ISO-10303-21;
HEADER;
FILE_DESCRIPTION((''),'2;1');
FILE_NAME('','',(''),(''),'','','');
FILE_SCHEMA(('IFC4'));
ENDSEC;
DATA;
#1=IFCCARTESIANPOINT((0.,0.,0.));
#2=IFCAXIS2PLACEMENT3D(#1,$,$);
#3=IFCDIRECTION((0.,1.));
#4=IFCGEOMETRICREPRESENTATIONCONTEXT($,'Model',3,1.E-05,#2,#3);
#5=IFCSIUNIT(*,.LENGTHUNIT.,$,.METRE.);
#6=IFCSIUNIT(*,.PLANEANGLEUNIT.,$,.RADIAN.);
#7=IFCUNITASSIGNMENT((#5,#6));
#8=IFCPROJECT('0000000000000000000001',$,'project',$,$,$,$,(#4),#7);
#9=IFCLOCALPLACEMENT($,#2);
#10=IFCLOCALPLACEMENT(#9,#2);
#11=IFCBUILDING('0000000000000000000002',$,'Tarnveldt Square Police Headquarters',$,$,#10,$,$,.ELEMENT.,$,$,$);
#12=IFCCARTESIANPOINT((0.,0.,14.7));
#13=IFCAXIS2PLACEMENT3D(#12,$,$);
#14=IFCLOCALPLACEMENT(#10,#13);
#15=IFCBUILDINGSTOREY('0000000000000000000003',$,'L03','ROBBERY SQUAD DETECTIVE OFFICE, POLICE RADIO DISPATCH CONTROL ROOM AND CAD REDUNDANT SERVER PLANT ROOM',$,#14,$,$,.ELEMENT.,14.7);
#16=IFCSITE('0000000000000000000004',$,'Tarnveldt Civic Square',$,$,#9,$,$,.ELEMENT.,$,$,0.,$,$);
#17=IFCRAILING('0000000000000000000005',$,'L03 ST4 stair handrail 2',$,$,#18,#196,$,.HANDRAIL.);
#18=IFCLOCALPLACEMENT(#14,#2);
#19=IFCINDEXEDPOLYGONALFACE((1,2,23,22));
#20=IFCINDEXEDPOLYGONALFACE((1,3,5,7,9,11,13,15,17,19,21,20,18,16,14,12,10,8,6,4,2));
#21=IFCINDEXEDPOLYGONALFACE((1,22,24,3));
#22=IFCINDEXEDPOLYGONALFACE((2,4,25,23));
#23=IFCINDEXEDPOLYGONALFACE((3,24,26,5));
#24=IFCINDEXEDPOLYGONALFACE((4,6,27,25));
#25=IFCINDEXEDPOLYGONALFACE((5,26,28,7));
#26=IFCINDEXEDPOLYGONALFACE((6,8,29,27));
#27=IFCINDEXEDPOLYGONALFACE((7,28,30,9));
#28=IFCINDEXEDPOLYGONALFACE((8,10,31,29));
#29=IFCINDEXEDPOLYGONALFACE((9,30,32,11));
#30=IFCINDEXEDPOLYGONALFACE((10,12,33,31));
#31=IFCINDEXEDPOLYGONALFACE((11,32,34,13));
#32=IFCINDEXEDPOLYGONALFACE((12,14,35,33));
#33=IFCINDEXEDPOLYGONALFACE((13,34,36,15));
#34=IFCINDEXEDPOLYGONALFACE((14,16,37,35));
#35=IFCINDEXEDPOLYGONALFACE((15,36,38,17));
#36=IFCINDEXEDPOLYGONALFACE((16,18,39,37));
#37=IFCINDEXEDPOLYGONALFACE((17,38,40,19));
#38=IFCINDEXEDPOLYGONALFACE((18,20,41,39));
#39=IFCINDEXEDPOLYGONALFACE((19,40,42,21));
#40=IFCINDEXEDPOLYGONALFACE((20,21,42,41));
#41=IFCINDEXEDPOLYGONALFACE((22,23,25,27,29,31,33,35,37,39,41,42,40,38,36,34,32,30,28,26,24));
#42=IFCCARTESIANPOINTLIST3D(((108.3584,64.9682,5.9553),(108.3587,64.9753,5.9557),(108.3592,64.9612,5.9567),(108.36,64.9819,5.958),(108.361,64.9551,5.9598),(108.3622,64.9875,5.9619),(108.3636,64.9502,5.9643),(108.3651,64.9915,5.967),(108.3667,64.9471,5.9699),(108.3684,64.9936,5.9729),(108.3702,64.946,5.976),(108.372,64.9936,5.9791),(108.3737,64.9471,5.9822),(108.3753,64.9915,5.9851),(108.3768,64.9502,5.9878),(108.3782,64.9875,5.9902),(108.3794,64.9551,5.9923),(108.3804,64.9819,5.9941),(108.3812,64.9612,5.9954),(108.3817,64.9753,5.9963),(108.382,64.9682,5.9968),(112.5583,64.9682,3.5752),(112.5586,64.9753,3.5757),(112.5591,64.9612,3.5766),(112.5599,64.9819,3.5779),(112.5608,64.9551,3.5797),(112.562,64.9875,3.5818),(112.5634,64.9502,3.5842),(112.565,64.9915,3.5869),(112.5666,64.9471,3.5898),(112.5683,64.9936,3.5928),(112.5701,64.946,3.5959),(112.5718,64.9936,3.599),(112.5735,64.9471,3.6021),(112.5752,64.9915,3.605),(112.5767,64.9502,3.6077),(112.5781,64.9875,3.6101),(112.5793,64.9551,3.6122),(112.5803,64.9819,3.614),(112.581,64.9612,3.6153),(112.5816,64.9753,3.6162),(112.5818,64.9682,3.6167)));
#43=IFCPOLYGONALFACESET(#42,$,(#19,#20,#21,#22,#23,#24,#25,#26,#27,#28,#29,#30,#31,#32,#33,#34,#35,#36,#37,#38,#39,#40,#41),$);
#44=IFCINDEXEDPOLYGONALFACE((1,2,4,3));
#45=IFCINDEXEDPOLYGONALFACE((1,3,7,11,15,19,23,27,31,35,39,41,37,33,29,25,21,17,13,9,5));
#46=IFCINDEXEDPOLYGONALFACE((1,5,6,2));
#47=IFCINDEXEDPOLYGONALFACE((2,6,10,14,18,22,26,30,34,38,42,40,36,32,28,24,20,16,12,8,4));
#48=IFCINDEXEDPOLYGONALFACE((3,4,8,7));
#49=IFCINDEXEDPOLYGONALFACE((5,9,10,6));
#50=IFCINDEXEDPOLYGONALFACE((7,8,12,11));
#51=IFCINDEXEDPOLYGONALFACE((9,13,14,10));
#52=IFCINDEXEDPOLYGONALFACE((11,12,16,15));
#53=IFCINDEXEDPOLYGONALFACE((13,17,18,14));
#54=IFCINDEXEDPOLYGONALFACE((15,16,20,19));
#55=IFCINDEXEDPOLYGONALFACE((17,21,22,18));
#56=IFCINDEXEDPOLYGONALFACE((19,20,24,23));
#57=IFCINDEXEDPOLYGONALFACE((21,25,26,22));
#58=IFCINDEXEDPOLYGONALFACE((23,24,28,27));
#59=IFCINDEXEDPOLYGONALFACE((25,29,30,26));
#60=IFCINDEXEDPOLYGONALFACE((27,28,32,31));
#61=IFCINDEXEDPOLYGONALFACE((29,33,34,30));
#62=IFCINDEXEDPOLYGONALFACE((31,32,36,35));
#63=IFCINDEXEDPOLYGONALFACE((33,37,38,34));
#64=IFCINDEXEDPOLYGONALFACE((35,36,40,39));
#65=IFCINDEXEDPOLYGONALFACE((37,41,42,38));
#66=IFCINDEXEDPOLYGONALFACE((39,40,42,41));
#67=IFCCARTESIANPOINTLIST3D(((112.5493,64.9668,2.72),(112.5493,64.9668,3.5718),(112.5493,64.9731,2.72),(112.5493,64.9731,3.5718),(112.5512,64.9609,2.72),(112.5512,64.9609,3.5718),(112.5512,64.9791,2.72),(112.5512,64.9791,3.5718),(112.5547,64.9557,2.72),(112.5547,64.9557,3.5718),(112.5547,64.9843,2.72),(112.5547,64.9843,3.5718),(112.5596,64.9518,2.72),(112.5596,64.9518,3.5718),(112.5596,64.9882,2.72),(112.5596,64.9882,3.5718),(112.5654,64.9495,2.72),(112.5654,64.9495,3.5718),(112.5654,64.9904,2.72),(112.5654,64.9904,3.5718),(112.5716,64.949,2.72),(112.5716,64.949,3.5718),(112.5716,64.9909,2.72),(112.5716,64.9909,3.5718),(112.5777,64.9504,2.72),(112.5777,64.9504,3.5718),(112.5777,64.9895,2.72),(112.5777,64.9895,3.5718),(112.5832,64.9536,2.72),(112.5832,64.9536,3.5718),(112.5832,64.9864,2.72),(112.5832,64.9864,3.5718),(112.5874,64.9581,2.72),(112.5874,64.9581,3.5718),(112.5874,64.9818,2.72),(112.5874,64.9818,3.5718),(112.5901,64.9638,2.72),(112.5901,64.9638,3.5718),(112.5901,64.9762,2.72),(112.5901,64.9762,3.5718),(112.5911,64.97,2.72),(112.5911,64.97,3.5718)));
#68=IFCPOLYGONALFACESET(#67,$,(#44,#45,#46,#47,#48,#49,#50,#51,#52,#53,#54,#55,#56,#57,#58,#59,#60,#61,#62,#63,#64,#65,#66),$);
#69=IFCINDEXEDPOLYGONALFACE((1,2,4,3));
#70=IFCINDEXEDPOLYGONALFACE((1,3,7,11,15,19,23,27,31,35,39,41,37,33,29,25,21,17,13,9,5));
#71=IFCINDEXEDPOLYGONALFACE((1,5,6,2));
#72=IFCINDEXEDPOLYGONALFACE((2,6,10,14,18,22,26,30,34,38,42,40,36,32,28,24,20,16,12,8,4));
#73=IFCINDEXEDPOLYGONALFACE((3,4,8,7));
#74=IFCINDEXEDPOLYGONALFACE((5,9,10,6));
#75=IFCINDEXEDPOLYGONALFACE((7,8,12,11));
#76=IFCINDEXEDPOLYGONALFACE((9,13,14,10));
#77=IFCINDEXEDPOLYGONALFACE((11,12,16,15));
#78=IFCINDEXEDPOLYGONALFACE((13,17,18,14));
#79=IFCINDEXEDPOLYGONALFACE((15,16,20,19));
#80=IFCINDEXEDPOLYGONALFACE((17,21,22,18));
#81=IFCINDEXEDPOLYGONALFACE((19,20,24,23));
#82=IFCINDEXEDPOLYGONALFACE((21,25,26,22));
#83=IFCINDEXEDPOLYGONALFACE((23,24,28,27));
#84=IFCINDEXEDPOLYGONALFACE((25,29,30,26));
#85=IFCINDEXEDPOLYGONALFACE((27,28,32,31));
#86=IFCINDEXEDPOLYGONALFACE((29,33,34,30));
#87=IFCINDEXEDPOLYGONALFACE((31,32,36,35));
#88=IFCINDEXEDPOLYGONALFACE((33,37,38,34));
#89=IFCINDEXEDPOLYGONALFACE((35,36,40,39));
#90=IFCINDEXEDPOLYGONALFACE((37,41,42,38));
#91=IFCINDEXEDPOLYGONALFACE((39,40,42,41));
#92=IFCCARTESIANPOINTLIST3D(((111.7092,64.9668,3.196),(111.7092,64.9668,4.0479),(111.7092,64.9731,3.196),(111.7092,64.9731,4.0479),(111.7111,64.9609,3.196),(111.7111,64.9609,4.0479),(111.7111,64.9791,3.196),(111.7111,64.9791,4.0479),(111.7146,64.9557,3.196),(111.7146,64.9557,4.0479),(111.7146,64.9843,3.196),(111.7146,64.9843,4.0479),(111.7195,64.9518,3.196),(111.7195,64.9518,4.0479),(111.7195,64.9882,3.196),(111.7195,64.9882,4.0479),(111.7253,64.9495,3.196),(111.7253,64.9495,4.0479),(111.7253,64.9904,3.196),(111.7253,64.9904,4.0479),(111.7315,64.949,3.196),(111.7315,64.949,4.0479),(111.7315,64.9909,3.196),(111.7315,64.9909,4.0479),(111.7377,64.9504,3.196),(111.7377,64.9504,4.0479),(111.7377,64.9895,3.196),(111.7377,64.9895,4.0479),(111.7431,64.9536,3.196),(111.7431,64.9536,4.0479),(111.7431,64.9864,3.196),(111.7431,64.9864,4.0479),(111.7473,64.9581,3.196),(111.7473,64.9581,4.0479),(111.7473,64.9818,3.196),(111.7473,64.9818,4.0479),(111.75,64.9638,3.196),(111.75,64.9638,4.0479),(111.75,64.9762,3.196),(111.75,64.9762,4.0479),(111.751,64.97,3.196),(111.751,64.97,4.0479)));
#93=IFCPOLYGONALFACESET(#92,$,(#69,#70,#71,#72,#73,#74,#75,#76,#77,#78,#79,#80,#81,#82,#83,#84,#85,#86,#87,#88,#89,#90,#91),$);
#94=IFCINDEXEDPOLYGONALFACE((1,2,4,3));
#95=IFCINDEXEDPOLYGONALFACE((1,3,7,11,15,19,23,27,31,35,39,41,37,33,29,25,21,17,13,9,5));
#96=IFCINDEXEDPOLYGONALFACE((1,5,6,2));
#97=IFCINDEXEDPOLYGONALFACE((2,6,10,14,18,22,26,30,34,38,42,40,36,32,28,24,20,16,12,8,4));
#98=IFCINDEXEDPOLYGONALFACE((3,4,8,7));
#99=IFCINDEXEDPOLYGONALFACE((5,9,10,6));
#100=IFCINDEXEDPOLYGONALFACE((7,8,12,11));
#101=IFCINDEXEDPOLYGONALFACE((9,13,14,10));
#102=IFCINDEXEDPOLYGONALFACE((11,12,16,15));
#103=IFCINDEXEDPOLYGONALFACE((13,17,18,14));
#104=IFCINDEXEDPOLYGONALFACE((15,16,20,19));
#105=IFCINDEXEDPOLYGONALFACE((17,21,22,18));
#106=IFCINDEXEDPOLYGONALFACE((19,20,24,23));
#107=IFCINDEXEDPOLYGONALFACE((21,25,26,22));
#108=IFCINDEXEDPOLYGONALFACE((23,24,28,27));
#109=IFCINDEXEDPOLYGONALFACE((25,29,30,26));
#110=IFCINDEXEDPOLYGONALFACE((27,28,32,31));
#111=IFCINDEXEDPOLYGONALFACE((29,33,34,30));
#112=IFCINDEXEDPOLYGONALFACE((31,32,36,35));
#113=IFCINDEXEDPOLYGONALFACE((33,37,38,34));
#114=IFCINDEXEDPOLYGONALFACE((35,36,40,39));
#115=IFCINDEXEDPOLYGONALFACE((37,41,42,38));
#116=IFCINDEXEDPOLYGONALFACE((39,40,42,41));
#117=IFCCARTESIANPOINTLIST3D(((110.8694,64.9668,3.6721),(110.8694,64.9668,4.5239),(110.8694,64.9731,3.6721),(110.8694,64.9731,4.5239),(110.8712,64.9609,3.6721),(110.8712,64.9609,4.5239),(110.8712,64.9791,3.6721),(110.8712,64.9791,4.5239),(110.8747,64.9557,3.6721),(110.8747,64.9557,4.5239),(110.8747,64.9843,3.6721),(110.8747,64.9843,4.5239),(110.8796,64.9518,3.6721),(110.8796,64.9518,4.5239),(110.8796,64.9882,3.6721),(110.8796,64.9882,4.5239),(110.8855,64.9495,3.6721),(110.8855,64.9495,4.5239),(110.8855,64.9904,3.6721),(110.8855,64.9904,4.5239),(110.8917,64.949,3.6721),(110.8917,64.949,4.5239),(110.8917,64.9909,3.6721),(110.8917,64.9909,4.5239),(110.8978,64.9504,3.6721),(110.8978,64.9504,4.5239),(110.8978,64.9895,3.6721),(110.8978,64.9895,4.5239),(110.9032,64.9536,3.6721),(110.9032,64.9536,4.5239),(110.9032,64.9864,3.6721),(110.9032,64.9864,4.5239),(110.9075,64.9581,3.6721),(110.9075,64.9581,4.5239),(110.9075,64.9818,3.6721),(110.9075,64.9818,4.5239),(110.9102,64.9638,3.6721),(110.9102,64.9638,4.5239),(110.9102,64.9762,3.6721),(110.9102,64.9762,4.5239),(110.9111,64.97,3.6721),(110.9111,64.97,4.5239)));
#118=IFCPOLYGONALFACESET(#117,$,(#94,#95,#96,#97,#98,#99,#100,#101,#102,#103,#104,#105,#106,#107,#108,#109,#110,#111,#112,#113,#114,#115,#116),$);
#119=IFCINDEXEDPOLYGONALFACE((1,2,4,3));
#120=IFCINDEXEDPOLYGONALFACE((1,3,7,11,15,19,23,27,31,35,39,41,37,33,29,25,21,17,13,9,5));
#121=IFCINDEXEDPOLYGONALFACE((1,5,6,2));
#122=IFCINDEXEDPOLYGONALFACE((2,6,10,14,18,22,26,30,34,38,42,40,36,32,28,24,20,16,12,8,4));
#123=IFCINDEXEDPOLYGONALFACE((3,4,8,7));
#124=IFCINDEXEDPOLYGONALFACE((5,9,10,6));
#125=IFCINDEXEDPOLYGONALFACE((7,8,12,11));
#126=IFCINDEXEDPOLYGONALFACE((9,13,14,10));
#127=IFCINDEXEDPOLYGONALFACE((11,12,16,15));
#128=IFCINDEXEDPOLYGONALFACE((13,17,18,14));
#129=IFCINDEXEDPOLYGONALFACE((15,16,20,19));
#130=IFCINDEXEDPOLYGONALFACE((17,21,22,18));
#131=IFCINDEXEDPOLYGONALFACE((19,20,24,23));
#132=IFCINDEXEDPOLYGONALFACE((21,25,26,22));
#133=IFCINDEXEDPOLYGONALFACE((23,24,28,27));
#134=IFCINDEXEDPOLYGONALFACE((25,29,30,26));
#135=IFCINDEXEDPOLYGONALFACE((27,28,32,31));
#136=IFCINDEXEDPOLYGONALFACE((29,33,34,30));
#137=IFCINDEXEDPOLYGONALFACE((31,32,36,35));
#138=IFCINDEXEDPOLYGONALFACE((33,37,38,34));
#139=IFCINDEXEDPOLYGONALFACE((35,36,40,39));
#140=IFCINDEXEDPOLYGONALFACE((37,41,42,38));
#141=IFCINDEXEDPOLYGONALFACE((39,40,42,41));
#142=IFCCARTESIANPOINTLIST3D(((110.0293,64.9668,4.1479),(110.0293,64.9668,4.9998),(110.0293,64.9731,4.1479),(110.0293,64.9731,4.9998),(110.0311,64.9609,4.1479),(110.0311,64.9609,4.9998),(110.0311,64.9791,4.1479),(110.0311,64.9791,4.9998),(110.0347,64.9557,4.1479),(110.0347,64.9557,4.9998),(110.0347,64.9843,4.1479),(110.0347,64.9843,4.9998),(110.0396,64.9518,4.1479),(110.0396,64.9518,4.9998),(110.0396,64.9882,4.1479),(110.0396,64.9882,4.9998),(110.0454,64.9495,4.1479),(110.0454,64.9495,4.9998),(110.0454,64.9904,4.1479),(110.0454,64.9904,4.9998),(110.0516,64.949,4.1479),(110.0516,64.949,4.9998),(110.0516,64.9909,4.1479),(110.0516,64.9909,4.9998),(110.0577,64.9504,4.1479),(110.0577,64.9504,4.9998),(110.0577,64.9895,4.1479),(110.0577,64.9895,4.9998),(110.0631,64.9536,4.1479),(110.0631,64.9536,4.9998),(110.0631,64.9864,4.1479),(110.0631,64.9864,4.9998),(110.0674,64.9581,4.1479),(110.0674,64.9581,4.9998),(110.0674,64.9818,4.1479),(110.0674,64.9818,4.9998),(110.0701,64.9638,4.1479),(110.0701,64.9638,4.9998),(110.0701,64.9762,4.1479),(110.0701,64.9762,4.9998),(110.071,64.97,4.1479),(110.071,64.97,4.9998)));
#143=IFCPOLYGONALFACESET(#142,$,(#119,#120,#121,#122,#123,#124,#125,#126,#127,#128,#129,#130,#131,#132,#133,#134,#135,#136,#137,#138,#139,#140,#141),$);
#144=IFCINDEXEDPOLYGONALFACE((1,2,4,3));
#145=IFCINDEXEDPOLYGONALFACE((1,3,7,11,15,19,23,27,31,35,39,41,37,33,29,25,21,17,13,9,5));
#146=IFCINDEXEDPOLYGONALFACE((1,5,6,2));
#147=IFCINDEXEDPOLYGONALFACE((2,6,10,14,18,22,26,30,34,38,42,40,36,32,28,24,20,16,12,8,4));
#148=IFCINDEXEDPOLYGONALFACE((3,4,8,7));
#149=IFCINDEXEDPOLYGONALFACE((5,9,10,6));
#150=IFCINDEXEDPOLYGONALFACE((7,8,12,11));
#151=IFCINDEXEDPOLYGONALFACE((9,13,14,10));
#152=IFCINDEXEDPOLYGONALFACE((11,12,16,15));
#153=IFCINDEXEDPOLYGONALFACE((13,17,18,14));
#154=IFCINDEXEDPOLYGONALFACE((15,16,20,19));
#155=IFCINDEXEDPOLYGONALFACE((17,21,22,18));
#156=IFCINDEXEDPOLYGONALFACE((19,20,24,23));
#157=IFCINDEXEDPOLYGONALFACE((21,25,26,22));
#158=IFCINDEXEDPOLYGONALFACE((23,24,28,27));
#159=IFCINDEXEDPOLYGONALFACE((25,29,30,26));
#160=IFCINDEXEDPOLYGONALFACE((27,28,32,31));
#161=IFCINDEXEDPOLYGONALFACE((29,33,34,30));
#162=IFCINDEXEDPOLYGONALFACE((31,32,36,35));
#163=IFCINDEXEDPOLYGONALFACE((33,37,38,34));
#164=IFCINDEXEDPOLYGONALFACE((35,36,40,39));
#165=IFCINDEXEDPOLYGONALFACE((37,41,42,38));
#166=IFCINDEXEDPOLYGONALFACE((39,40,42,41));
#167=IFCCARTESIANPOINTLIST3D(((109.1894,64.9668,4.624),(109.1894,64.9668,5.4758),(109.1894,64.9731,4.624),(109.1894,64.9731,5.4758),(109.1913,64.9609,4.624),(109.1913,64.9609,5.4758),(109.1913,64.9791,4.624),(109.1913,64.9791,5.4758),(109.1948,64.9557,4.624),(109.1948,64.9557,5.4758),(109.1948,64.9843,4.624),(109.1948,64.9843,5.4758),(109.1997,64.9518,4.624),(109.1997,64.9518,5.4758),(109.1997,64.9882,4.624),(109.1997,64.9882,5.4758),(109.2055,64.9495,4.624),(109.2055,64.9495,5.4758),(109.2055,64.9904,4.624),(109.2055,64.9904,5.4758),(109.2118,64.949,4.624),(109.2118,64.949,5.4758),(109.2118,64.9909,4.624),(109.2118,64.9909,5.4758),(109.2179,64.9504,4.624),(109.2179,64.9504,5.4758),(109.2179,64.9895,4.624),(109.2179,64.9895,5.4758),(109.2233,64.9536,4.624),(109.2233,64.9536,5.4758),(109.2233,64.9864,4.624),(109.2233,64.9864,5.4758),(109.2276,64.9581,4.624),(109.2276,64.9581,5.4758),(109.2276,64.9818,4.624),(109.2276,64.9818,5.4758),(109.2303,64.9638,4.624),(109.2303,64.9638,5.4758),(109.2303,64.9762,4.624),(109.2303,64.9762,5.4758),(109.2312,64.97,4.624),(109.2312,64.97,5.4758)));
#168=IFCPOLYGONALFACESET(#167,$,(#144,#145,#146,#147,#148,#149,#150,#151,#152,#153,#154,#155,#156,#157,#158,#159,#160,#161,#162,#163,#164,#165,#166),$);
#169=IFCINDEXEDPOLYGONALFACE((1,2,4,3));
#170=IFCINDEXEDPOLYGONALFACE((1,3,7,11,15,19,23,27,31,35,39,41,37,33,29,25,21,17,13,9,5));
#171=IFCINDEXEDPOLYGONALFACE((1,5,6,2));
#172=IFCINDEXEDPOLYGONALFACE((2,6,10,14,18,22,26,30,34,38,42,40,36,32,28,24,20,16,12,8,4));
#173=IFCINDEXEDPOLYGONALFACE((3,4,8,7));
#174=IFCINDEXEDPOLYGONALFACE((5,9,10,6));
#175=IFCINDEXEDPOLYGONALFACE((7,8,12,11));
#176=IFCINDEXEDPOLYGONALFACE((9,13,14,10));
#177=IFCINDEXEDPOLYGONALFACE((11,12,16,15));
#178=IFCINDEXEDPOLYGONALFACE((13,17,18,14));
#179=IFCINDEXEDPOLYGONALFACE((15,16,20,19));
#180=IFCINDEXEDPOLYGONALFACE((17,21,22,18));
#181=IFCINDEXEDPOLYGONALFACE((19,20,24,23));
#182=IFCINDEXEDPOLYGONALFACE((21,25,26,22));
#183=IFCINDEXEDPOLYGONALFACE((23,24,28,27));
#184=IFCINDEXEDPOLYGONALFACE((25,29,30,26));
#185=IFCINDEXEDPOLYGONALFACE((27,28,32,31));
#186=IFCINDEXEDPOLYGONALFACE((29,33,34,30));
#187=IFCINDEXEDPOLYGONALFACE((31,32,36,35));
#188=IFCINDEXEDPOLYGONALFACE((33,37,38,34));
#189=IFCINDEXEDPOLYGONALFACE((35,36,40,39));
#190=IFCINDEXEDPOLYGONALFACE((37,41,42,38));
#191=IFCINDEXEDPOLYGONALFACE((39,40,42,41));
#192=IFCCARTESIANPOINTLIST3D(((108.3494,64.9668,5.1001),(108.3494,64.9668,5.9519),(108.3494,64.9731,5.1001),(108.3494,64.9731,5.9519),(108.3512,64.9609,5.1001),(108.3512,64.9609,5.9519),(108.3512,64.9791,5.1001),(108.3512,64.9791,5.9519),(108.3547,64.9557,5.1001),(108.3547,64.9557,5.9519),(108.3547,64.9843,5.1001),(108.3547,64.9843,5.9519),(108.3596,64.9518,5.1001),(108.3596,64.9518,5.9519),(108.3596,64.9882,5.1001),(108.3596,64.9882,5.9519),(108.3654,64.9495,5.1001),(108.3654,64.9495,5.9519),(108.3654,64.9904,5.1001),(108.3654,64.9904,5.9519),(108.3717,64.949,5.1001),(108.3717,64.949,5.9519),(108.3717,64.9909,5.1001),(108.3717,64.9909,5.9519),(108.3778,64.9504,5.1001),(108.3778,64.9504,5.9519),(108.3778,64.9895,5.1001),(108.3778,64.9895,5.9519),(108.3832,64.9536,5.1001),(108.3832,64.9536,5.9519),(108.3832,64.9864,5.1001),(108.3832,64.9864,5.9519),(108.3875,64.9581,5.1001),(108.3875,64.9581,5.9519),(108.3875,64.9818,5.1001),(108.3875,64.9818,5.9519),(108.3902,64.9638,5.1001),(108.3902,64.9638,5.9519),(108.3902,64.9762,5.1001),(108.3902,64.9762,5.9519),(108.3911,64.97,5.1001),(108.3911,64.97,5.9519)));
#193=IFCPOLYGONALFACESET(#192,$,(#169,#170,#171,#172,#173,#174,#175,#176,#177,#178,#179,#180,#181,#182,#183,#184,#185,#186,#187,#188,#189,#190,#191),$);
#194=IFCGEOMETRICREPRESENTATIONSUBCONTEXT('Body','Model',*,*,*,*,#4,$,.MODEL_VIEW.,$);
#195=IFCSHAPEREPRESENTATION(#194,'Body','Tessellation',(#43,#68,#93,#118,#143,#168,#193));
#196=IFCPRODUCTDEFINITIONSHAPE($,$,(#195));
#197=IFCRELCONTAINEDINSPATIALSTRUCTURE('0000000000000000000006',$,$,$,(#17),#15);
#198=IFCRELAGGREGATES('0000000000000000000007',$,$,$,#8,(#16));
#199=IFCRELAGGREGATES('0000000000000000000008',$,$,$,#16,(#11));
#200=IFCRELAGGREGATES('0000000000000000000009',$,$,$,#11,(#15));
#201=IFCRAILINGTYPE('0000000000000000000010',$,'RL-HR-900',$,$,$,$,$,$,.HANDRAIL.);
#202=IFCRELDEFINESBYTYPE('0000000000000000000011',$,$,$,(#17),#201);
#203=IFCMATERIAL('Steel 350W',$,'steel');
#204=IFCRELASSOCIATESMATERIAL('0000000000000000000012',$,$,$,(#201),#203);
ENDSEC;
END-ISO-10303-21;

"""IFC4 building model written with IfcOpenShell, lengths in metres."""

from ifc_helpers import new_model, si_unit, direction, frame, origin, origin_2d, place, context, subcontext, project, spatial, circle, extrude, material, type_object, element, save


model = new_model("IFC4")

# Units and contexts
model_context = context("Model", 3, precision=1e-05, world=origin(), true_north=direction((0.0, 1.0)))
body_context = subcontext(model_context, "Body", "Model", "MODEL_VIEW")
ifc_project = project(units=[si_unit("LENGTHUNIT", "METRE"), si_unit("PLANEANGLEUNIT", "RADIAN")], contexts=[model_context])

# Site, building, storey
site_placement = place(None, origin())
site = spatial("IfcSite", under=ifc_project, at=site_placement, Name="Tarnveldt Civic Square", CompositionType="ELEMENT", RefElevation=0.0)
building_placement = place(site_placement, origin())
building = spatial("IfcBuilding", under=site, at=building_placement, Name="Tarnveldt Square Police Headquarters", CompositionType="ELEMENT")
storey_placement = place(building_placement, frame((0.0, 0.0, 14.7)))
storey = spatial("IfcBuildingStorey", under=building, at=storey_placement, Name="L03", Description="ROBBERY SQUAD DETECTIVE OFFICE, POLICE RADIO DISPATCH CONTROL ROOM AND CAD REDUNDANT SERVER PLANT ROOM", CompositionType="ELEMENT", Elevation=14.7)

# Shared definitions
ifc_material_1 = material(Name="Steel 350W", Category="steel")

# Railing
railing_type_1 = type_object("IfcRailingType", Name="RL-HR-900", PredefinedType="HANDRAIL", material=ifc_material_1)
railing_1_placement = place(storey_placement, frame((112.5701, 64.97, 2.72)))
element("IfcRailing", 1, at=railing_1_placement, inside=storey, type_object=railing_type_1, Name="L03 ST4 stair handrail 2", PredefinedType="HANDRAIL", context=body_context, shape_type="SweptSolid", body=[
    extrude(circle(Radius=0.0239, at=origin_2d()), frame((0.0, 0.0, 0.876), z_axis=(-0.870008, 0.0, 0.493037), x_axis=(0.0, -1.0, 0.0)), (0.0, 0.0, 1.0), 4.8274),
    extrude(circle(Radius=0.021, at=origin_2d()), origin(), (0.0, 0.0, 1.0), 0.8518),
    extrude(circle(Radius=0.021, at=origin_2d()), frame((-0.8401, 0.0, 0.4761)), (0.0, 0.0, 1.0), 0.8518),
    extrude(circle(Radius=0.021, at=origin_2d()), frame((-1.6799, 0.0, 0.9521)), (0.0, 0.0, 1.0), 0.8518),
    extrude(circle(Radius=0.021, at=origin_2d()), frame((-2.52, 0.0, 1.428)), (0.0, 0.0, 1.0), 0.8518),
    extrude(circle(Radius=0.021, at=origin_2d()), frame((-3.3599, 0.0, 1.9041)), (0.0, 0.0, 1.0), 0.8518),
    extrude(circle(Radius=0.021, at=origin_2d()), frame((-4.2, 0.0, 2.3801)), (0.0, 0.0, 1.0), 0.8518),
])

save(model, "model.ifc")
